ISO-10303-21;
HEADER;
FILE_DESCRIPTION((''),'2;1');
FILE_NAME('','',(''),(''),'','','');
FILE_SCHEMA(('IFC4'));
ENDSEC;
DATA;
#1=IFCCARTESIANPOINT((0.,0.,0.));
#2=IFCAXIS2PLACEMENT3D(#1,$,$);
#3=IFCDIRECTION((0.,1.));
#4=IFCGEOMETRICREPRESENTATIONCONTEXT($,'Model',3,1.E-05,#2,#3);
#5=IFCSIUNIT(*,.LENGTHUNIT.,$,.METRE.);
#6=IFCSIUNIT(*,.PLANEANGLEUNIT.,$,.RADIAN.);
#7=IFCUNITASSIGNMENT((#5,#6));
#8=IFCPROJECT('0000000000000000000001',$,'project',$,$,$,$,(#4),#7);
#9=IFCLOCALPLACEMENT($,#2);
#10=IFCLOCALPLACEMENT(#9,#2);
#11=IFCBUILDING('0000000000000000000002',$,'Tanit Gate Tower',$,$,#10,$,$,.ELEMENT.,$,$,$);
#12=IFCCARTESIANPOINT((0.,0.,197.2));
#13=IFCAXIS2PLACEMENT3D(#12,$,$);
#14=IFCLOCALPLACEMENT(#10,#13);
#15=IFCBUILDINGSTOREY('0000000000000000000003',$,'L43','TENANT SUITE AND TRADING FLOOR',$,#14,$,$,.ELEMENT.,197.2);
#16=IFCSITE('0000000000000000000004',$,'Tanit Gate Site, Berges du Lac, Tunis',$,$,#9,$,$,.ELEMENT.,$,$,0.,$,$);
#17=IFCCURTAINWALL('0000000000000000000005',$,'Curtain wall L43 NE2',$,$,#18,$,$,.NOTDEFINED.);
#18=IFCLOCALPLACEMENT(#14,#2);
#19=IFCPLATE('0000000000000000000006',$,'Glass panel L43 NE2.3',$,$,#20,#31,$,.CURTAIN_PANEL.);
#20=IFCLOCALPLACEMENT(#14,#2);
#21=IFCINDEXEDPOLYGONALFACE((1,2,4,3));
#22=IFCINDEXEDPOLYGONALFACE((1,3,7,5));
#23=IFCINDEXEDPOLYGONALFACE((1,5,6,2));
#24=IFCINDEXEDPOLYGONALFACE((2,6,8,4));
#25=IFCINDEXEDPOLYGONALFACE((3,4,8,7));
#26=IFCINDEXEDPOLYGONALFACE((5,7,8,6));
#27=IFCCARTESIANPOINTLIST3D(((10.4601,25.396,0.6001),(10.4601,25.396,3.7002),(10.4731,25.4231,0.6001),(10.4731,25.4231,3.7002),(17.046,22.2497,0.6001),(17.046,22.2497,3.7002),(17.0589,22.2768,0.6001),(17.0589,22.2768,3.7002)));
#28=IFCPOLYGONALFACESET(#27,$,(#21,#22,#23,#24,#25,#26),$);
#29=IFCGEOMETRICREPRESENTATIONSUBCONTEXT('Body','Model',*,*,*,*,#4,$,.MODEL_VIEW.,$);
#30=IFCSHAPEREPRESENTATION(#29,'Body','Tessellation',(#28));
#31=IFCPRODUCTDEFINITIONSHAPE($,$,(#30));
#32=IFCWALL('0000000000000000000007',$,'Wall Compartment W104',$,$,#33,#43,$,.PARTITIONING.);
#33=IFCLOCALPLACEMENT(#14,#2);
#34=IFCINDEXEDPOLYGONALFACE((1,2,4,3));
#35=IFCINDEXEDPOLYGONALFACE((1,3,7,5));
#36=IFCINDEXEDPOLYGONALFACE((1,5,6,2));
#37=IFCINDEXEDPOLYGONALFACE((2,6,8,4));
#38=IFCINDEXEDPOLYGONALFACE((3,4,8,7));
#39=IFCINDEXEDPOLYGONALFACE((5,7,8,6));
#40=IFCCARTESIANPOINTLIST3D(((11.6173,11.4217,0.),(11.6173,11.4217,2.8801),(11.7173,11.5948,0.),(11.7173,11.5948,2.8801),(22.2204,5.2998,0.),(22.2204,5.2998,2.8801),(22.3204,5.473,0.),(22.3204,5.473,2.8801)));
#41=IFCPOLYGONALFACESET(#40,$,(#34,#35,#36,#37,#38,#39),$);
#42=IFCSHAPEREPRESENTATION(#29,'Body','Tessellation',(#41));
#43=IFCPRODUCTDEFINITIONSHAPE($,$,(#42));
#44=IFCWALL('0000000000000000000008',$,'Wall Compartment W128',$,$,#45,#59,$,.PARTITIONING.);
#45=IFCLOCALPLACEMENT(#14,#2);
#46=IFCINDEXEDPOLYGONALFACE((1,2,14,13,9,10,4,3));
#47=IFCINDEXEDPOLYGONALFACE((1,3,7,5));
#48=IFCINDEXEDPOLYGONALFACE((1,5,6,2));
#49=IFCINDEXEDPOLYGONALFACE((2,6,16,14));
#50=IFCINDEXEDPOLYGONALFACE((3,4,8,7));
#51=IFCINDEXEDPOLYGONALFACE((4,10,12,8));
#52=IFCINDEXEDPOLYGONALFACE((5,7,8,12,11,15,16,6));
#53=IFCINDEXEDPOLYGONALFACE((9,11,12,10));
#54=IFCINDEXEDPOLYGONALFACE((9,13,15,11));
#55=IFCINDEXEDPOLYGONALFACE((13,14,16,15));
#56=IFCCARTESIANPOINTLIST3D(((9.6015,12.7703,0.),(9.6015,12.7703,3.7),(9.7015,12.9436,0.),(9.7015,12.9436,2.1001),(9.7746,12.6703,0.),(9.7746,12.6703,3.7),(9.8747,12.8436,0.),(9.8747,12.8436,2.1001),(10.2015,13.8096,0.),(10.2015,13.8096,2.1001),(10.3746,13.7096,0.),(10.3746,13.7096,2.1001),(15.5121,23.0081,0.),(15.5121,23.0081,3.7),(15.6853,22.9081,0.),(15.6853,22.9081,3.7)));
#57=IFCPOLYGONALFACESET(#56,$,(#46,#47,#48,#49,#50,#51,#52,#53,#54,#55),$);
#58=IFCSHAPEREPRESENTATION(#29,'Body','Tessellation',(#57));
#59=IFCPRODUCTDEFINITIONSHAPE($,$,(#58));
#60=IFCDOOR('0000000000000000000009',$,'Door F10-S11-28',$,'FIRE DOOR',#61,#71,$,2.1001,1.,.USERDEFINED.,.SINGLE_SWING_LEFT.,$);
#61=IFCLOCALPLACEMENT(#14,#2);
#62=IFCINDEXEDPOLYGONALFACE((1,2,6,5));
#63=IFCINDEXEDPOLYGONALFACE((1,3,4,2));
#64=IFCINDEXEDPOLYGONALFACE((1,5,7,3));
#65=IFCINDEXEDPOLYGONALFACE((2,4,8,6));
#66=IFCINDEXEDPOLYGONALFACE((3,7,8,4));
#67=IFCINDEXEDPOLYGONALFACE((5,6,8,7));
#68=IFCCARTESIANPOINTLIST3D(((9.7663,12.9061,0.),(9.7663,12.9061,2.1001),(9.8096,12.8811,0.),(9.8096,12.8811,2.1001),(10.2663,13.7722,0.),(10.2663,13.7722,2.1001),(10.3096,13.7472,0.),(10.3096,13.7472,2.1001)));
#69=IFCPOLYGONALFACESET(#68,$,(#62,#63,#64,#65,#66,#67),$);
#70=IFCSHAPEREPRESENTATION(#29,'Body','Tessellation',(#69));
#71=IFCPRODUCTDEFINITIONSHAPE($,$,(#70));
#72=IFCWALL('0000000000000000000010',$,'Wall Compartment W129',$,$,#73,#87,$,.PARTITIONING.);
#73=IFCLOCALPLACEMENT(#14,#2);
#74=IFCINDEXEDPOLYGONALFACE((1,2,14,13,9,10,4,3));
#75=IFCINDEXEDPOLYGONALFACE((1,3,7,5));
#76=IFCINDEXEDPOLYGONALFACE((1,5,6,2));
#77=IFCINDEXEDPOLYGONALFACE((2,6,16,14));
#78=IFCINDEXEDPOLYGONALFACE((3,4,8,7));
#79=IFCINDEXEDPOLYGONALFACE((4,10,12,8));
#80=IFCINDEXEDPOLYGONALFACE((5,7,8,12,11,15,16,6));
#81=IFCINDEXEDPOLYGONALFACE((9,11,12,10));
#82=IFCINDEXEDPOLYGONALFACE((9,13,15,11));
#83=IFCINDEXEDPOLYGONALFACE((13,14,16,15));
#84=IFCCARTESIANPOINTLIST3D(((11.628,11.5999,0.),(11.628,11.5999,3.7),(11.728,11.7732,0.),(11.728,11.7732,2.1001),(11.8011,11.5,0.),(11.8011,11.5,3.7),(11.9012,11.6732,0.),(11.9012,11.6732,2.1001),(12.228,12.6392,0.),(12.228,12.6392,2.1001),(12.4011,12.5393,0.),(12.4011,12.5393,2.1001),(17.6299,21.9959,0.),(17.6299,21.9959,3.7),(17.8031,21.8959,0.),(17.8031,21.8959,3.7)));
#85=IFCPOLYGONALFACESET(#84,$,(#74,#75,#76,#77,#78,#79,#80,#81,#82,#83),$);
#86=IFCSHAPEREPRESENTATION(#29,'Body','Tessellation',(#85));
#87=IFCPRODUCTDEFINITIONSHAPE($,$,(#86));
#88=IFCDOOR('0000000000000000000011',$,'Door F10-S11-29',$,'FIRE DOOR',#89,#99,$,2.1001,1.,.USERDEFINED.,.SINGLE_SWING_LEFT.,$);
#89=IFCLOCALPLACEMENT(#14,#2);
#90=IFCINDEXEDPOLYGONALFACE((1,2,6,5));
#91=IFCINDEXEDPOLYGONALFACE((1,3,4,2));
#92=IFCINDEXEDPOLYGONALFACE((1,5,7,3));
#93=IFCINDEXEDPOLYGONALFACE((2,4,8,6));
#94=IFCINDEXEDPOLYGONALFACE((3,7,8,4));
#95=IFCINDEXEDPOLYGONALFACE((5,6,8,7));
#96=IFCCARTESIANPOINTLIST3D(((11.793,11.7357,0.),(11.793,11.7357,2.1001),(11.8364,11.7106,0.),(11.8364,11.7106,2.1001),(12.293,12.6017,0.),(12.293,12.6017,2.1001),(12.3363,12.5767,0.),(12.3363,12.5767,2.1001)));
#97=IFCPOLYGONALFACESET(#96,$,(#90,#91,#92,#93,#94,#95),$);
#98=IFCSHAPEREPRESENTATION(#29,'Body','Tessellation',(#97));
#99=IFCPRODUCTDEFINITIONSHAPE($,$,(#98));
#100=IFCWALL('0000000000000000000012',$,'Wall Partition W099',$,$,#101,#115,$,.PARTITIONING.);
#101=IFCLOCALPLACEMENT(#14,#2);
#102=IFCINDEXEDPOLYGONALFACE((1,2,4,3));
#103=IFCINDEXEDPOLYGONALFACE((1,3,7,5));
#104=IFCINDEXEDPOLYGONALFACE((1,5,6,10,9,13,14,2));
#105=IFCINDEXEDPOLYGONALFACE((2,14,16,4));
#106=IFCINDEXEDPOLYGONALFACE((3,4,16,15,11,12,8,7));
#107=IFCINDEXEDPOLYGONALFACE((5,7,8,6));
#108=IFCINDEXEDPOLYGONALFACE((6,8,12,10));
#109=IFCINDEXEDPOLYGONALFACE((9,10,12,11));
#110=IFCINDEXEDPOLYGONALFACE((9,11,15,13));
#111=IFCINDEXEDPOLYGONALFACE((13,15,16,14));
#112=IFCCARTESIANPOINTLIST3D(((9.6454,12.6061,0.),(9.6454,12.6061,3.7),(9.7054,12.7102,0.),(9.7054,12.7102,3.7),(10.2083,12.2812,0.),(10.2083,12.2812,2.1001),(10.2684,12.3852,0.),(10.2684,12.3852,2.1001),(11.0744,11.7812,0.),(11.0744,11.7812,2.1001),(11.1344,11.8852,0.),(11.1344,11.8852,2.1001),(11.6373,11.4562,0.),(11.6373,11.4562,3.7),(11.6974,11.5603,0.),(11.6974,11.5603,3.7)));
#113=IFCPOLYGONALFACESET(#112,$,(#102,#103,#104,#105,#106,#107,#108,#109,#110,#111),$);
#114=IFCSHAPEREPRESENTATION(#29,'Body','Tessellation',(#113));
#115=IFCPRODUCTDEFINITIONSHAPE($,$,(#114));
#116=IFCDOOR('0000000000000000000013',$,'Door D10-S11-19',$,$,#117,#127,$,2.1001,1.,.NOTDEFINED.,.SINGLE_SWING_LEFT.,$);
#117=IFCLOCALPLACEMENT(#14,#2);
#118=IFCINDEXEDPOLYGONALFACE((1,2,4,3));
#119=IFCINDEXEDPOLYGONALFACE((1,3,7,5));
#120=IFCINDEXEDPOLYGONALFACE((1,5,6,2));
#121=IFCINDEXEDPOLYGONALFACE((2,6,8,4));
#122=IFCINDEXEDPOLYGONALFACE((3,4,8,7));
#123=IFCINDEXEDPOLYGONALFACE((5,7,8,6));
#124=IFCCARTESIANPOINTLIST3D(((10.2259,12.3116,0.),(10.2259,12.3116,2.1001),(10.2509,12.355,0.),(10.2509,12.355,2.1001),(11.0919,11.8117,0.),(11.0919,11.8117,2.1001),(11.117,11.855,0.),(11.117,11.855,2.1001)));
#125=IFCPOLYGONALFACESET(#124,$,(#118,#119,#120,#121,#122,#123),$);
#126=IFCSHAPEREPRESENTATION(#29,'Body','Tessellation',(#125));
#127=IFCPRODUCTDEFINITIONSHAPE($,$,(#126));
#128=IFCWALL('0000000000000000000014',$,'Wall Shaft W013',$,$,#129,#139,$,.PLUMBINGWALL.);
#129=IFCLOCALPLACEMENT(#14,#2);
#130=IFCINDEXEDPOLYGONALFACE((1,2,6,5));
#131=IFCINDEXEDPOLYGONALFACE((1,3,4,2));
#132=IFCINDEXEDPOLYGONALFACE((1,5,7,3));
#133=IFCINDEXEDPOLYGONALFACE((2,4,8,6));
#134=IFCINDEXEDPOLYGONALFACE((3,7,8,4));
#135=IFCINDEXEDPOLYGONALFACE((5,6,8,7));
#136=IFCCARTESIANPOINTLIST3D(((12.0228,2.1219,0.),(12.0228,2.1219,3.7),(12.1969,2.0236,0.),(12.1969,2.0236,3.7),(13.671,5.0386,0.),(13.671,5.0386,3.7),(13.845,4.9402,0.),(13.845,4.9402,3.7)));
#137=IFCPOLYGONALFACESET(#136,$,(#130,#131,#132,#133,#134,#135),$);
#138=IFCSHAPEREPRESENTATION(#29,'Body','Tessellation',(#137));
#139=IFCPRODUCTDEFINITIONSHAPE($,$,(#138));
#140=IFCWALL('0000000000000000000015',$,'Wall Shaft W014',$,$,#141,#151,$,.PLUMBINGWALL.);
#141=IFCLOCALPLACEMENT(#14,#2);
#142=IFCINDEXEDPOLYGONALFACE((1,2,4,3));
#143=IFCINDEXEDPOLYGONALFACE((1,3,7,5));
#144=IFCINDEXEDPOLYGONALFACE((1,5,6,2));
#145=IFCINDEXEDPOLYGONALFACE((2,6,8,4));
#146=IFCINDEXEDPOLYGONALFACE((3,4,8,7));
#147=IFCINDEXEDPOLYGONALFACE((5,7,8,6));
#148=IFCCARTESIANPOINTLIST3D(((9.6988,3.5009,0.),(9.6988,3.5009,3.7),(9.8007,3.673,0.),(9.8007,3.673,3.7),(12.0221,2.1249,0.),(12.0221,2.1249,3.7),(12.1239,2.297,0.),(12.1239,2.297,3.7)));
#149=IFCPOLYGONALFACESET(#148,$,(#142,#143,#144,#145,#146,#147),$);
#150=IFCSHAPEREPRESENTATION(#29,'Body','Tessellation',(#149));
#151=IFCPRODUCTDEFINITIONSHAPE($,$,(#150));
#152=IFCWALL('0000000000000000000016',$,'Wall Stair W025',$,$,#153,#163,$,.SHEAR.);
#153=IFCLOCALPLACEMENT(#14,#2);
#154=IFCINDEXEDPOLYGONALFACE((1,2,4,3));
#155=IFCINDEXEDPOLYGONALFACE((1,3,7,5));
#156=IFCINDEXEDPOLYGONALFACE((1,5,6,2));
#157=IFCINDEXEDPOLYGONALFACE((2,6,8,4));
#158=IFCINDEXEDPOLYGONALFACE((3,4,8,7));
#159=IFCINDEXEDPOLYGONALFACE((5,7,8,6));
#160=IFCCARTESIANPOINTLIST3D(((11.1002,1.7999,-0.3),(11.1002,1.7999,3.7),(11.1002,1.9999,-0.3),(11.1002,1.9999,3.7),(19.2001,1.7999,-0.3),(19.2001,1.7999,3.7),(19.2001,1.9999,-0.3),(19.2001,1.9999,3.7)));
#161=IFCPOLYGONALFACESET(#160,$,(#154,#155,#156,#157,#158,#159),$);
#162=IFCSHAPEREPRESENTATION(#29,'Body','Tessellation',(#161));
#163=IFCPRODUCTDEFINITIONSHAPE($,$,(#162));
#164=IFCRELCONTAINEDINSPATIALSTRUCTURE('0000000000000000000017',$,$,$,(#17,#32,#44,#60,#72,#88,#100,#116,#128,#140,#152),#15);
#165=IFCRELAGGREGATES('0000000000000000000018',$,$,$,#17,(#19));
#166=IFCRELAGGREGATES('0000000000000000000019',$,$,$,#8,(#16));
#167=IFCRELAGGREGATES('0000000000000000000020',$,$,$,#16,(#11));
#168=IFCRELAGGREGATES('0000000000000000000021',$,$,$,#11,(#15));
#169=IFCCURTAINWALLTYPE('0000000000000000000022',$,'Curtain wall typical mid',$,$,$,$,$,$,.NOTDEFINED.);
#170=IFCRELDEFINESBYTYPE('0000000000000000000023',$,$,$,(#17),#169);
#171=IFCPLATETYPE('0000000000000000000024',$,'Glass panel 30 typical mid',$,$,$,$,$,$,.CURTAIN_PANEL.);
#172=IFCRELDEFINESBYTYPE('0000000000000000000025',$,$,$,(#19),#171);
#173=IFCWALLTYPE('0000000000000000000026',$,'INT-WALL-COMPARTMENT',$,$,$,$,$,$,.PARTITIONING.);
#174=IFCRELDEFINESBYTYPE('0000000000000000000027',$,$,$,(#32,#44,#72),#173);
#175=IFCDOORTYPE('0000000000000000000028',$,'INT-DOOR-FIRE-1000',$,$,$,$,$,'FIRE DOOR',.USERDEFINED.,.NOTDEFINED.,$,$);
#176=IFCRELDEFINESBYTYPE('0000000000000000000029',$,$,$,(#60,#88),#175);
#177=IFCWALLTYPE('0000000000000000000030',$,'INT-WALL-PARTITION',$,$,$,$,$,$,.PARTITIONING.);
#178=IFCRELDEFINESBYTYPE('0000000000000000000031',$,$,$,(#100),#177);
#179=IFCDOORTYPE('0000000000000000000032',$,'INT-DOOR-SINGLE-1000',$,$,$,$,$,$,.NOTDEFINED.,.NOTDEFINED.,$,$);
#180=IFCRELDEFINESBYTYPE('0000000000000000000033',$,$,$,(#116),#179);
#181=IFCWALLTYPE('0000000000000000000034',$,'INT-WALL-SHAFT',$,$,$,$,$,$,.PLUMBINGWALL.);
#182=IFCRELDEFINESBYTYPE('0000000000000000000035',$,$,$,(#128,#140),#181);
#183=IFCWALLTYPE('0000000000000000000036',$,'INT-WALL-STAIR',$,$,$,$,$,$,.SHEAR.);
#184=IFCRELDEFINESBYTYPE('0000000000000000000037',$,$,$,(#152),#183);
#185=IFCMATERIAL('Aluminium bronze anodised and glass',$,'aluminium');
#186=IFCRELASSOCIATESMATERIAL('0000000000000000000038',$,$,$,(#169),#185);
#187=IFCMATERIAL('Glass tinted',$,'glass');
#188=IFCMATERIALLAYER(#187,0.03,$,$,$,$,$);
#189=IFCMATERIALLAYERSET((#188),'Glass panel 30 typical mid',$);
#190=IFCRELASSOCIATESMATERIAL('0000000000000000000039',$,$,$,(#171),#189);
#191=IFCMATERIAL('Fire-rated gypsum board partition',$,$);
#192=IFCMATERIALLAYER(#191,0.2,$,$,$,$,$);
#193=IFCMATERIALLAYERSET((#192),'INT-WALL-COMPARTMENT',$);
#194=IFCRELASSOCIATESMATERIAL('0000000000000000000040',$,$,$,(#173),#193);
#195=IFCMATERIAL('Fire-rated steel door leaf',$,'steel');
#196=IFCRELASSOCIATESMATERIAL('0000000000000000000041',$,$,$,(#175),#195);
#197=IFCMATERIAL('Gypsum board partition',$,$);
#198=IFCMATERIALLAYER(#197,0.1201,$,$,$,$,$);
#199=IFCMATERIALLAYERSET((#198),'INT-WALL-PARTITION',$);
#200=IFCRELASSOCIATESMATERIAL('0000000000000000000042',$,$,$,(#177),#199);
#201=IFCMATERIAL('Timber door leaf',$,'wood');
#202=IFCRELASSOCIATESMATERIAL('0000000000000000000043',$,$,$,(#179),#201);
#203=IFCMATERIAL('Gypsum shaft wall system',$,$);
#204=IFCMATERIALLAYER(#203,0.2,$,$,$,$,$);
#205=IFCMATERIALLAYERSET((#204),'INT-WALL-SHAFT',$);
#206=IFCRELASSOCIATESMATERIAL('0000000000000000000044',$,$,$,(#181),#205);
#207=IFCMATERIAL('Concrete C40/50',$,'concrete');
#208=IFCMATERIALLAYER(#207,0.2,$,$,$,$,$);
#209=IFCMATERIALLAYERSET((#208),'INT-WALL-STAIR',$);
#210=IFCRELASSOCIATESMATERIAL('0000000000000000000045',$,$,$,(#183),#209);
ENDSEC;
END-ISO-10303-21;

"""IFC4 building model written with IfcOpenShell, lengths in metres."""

from ifc_helpers import new_model, si_unit, direction, frame, frame_2d, origin, origin_2d, place, context, subcontext, project, spatial, rectangle, extrude, material, layer, layer_set, type_object, element, fill, aggregate, save


model = new_model("IFC4")

# Units and contexts
model_context = context("Model", 3, precision=1e-05, world=origin(), true_north=direction((0.0, 1.0)))
body_context = subcontext(model_context, "Body", "Model", "MODEL_VIEW")
ifc_project = project(units=[si_unit("LENGTHUNIT", "METRE"), si_unit("PLANEANGLEUNIT", "RADIAN")], contexts=[model_context])

# Site, building, storey
site_placement = place(None, origin())
site = spatial("IfcSite", under=ifc_project, at=site_placement, Name="Tanit Gate Site, Berges du Lac, Tunis", CompositionType="ELEMENT", RefElevation=0.0)
building_placement = place(site_placement, origin())
building = spatial("IfcBuilding", under=site, at=building_placement, Name="Tanit Gate Tower", CompositionType="ELEMENT")
storey_placement = place(building_placement, frame((0.0, 0.0, 197.2)))
storey = spatial("IfcBuildingStorey", under=building, at=storey_placement, Name="L43", Description="TENANT SUITE AND TRADING FLOOR", CompositionType="ELEMENT", Elevation=197.2)

# Curtain wall
ifc_material_1 = material(Name="Aluminium bronze anodised and glass", Category="aluminium")
curtain_wall_type = type_object("IfcCurtainWallType", Name="Curtain wall typical mid", PredefinedType="NOTDEFINED", material=ifc_material_1)
curtain_wall_placement = place(storey_placement, origin())
curtain_wall = element("IfcCurtainWall", 1, at=curtain_wall_placement, inside=storey, type_object=curtain_wall_type, Name="Curtain wall L43 NE2", PredefinedType="NOTDEFINED")

# Plate
ifc_material_2 = material(Name="Glass tinted", Category="glass")
ifc_layer_1 = layer(ifc_material_2, 0.03)
ifc_layer_set_1 = layer_set([ifc_layer_1], Name="Glass panel 30 typical mid")
plate_type = type_object("IfcPlateType", Name="Glass panel 30 typical mid", PredefinedType="CURTAIN_PANEL", material=ifc_layer_set_1)
plate_1_placement = place(storey_placement, frame((13.7595, 23.8364, 0.6001), z_axis=(0.0, 0.0, 1.0), x_axis=(-0.902317, 0.431073, 0.0)))
plate_1 = element("IfcPlate", 2, at=plate_1_placement, type_object=plate_type, Name="Glass panel L43 NE2.3", PredefinedType="CURTAIN_PANEL", context=body_context, shape_type="SweptSolid", body=[
    extrude(rectangle(XDim=7.2988, YDim=0.03, at=origin_2d()), origin(), (0.0, 0.0, 1.0), 3.1001),
])
aggregate(curtain_wall, [plate_1])

# Wall
ifc_material_3 = material(Name="Fire-rated gypsum board partition")
ifc_layer_2 = layer(ifc_material_3, 0.2)
ifc_layer_set_2 = layer_set([ifc_layer_2], Name="INT-WALL-COMPARTMENT")
wall_type_1 = type_object("IfcWallType", Name="INT-WALL-COMPARTMENT", PredefinedType="PARTITIONING", material=ifc_layer_set_2)
wall_1_placement = place(storey_placement, frame((22.2703, 5.3865, 0.0), z_axis=(0.0, 0.0, 1.0), x_axis=(-0.86602, 0.50001, 0.0)))
element("IfcWall", 3, at=wall_1_placement, inside=storey, type_object=wall_type_1, Name="Wall Compartment W104", PredefinedType="PARTITIONING", context=body_context, shape_type="SweptSolid", body=[
    extrude(rectangle(XDim=12.2434, YDim=0.2, at=frame_2d((6.1216, 0.0))), origin(), (0.0, 0.0, 1.0), 2.8801),
])

# Walls, openings, doors
wall_2_placement = place(storey_placement, frame((15.5986, 22.958, 0.0), z_axis=(0.0, 0.0, 1.0), x_axis=(-0.499991, -0.866031, 0.0)))
wall_2 = element("IfcWall", 4, at=wall_2_placement, inside=storey, type_object=wall_type_1, Name="Wall Compartment W128", PredefinedType="PARTITIONING", context=body_context, shape_type="SweptSolid", body=[
    extrude(rectangle(XDim=11.8215, YDim=0.2, at=frame_2d((5.9106, 0.0))), origin(), (0.0, 0.0, 1.0), 3.7),
])
opening_1_placement = place(wall_2_placement, frame((10.6213, 0.0, 0.0)))
opening_1 = element("IfcOpeningElement", 5, at=opening_1_placement, cuts=wall_2, PredefinedType="OPENING", context=body_context, shape_type="SweptSolid", body=[
    extrude(rectangle(XDim=1.0, YDim=2.1001, at=frame_2d((0.5, 1.05))), frame((0.0, 0.1099, 0.0), z_axis=(0.0, -1.0, 0.0), x_axis=(1.0, 0.0, 0.0)), (0.0, 0.0, 1.0), 0.22),
])
ifc_material_4 = material(Name="Fire-rated steel door leaf", Category="steel")
door_type_1 = type_object("IfcDoorType", Name="INT-DOOR-FIRE-1000", ElementType="FIRE DOOR", OperationType="NOTDEFINED", PredefinedType="USERDEFINED", material=ifc_material_4)
door_1_placement = place(opening_1_placement, origin())
door_1 = element("IfcDoor", 6, at=door_1_placement, inside=storey, type_object=door_type_1, Name="Door F10-S11-28", ObjectType="FIRE DOOR", OperationType="SINGLE_SWING_LEFT", OverallHeight=2.1001, OverallWidth=1.0, PredefinedType="USERDEFINED", context=body_context, shape_type="SweptSolid", body=[
    extrude(rectangle(XDim=1.0, YDim=2.1001, at=frame_2d((0.5, 1.05))), frame((0.0, 0.0249, 0.0), z_axis=(0.0, -1.0, 0.0), x_axis=(1.0, 0.0, 0.0)), (0.0, 0.0, 1.0), 0.05),
])
fill(opening_1, door_1)
wall_3_placement = place(storey_placement, frame((11.7146, 11.55, 0.0), z_axis=(0.0, 0.0, 1.0), x_axis=(0.499989, 0.866032, 0.0)))
wall_3 = element("IfcWall", 7, at=wall_3_placement, inside=storey, type_object=wall_type_1, Name="Wall Compartment W129", PredefinedType="PARTITIONING", context=body_context, shape_type="SweptSolid", body=[
    extrude(rectangle(XDim=12.0042, YDim=0.2, at=frame_2d((6.002, 0.0))), origin(), (0.0, 0.0, 1.0), 3.7),
])
opening_2_placement = place(wall_3_placement, frame((0.2, 0.0, 0.0)))
opening_2 = element("IfcOpeningElement", 8, at=opening_2_placement, cuts=wall_3, PredefinedType="OPENING", context=body_context, shape_type="SweptSolid", body=[
    extrude(rectangle(XDim=1.0, YDim=2.1001, at=frame_2d((0.5, 1.05))), frame((0.0, 0.1099, 0.0), z_axis=(0.0, -1.0, 0.0), x_axis=(1.0, 0.0, 0.0)), (0.0, 0.0, 1.0), 0.22),
])
door_2_placement = place(opening_2_placement, origin())
door_2 = element("IfcDoor", 9, at=door_2_placement, inside=storey, type_object=door_type_1, Name="Door F10-S11-29", ObjectType="FIRE DOOR", OperationType="SINGLE_SWING_LEFT", OverallHeight=2.1001, OverallWidth=1.0, PredefinedType="USERDEFINED", context=body_context, shape_type="SweptSolid", body=[
    extrude(rectangle(XDim=1.0, YDim=2.1001, at=frame_2d((0.5, 1.05))), frame((0.0, 0.0249, 0.0), z_axis=(0.0, -1.0, 0.0), x_axis=(1.0, 0.0, 0.0)), (0.0, 0.0, 1.0), 0.05),
])
fill(opening_2, door_2)
ifc_material_5 = material(Name="Gypsum board partition")
ifc_layer_3 = layer(ifc_material_5, 0.1201)
ifc_layer_set_3 = layer_set([ifc_layer_3], Name="INT-WALL-PARTITION")
wall_type_2 = type_object("IfcWallType", Name="INT-WALL-PARTITION", PredefinedType="PARTITIONING", material=ifc_layer_set_3)
wall_4_placement = place(storey_placement, frame((11.6672, 11.5083, 0.0), z_axis=(0.0, 0.0, 1.0), x_axis=(-0.866053, 0.499952, 0.0)))
wall_4 = element("IfcWall", 10, at=wall_4_placement, inside=storey, type_object=wall_type_2, Name="Wall Partition W099", PredefinedType="PARTITIONING", context=body_context, shape_type="SweptSolid", body=[
    extrude(rectangle(XDim=2.3, YDim=0.1201, at=frame_2d((1.1499, 0.0))), origin(), (0.0, 0.0, 1.0), 3.7),
])
opening_3_placement = place(wall_4_placement, frame((0.6499, 0.0, 0.0)))
opening_3 = element("IfcOpeningElement", 11, at=opening_3_placement, cuts=wall_4, PredefinedType="OPENING", context=body_context, shape_type="SweptSolid", body=[
    extrude(rectangle(XDim=1.0, YDim=2.1001, at=frame_2d((0.5, 1.05))), frame((0.0, 0.0701, 0.0), z_axis=(0.0, -1.0, 0.0), x_axis=(1.0, 0.0, 0.0)), (0.0, 0.0, 1.0), 0.1401),
])
ifc_material_6 = material(Name="Timber door leaf", Category="wood")
door_type_2 = type_object("IfcDoorType", Name="INT-DOOR-SINGLE-1000", OperationType="NOTDEFINED", PredefinedType="NOTDEFINED", material=ifc_material_6)
door_3_placement = place(opening_3_placement, origin())
door_3 = element("IfcDoor", 12, at=door_3_placement, inside=storey, type_object=door_type_2, Name="Door D10-S11-19", OperationType="SINGLE_SWING_LEFT", OverallHeight=2.1001, OverallWidth=1.0, PredefinedType="NOTDEFINED", context=body_context, shape_type="SweptSolid", body=[
    extrude(rectangle(XDim=1.0, YDim=2.1001, at=frame_2d((0.5, 1.05))), frame((0.0, 0.0249, 0.0), z_axis=(0.0, -1.0, 0.0), x_axis=(1.0, 0.0, 0.0)), (0.0, 0.0, 1.0), 0.05),
])
fill(opening_3, door_3)

# Walls
ifc_material_7 = material(Name="Gypsum shaft wall system")
ifc_layer_4 = layer(ifc_material_7, 0.2)
ifc_layer_set_4 = layer_set([ifc_layer_4], Name="INT-WALL-SHAFT")
wall_type_3 = type_object("IfcWallType", Name="INT-WALL-SHAFT", PredefinedType="PLUMBINGWALL", material=ifc_layer_set_4)
wall_5_placement = place(storey_placement, frame((12.1099, 2.0728, 0.0), z_axis=(0.0, 0.0, 1.0), x_axis=(0.491966, 0.870614, 0.0)))
element("IfcWall", 13, at=wall_5_placement, inside=storey, type_object=wall_type_3, Name="Wall Shaft W013", PredefinedType="PLUMBINGWALL", context=body_context, shape_type="SweptSolid", body=[
    extrude(rectangle(XDim=3.3501, YDim=0.2, at=frame_2d((1.675, 0.0))), origin(), (0.0, 0.0, 1.0), 3.7),
])
wall_6_placement = place(storey_placement, frame((12.073, 2.2109, 0.0), z_axis=(0.0, 0.0, 1.0), x_axis=(-0.860415, 0.509594, 0.0)))
element("IfcWall", 14, at=wall_6_placement, inside=storey, type_object=wall_type_3, Name="Wall Shaft W014", PredefinedType="PLUMBINGWALL", context=body_context, shape_type="SweptSolid", body=[
    extrude(rectangle(XDim=2.7002, YDim=0.2, at=frame_2d((1.3501, 0.0))), origin(), (0.0, 0.0, 1.0), 3.7),
])
ifc_material_8 = material(Name="Concrete C40/50", Category="concrete")
ifc_layer_5 = layer(ifc_material_8, 0.2)
ifc_layer_set_5 = layer_set([ifc_layer_5], Name="INT-WALL-STAIR")
wall_type_4 = type_object("IfcWallType", Name="INT-WALL-STAIR", PredefinedType="SHEAR", material=ifc_layer_set_5)
wall_7_placement = place(storey_placement, frame((19.2, 1.8999, -0.3), z_axis=(0.0, 0.0, 1.0), x_axis=(-1.0, 0.0, 0.0)))
element("IfcWall", 15, at=wall_7_placement, inside=storey, type_object=wall_type_4, Name="Wall Stair W025", PredefinedType="SHEAR", context=body_context, shape_type="SweptSolid", body=[
    extrude(rectangle(XDim=8.0999, YDim=0.2, at=frame_2d((4.0498, 0.0))), origin(), (0.0, 0.0, 1.0), 4.0),
])

save(model, "model.ifc")
